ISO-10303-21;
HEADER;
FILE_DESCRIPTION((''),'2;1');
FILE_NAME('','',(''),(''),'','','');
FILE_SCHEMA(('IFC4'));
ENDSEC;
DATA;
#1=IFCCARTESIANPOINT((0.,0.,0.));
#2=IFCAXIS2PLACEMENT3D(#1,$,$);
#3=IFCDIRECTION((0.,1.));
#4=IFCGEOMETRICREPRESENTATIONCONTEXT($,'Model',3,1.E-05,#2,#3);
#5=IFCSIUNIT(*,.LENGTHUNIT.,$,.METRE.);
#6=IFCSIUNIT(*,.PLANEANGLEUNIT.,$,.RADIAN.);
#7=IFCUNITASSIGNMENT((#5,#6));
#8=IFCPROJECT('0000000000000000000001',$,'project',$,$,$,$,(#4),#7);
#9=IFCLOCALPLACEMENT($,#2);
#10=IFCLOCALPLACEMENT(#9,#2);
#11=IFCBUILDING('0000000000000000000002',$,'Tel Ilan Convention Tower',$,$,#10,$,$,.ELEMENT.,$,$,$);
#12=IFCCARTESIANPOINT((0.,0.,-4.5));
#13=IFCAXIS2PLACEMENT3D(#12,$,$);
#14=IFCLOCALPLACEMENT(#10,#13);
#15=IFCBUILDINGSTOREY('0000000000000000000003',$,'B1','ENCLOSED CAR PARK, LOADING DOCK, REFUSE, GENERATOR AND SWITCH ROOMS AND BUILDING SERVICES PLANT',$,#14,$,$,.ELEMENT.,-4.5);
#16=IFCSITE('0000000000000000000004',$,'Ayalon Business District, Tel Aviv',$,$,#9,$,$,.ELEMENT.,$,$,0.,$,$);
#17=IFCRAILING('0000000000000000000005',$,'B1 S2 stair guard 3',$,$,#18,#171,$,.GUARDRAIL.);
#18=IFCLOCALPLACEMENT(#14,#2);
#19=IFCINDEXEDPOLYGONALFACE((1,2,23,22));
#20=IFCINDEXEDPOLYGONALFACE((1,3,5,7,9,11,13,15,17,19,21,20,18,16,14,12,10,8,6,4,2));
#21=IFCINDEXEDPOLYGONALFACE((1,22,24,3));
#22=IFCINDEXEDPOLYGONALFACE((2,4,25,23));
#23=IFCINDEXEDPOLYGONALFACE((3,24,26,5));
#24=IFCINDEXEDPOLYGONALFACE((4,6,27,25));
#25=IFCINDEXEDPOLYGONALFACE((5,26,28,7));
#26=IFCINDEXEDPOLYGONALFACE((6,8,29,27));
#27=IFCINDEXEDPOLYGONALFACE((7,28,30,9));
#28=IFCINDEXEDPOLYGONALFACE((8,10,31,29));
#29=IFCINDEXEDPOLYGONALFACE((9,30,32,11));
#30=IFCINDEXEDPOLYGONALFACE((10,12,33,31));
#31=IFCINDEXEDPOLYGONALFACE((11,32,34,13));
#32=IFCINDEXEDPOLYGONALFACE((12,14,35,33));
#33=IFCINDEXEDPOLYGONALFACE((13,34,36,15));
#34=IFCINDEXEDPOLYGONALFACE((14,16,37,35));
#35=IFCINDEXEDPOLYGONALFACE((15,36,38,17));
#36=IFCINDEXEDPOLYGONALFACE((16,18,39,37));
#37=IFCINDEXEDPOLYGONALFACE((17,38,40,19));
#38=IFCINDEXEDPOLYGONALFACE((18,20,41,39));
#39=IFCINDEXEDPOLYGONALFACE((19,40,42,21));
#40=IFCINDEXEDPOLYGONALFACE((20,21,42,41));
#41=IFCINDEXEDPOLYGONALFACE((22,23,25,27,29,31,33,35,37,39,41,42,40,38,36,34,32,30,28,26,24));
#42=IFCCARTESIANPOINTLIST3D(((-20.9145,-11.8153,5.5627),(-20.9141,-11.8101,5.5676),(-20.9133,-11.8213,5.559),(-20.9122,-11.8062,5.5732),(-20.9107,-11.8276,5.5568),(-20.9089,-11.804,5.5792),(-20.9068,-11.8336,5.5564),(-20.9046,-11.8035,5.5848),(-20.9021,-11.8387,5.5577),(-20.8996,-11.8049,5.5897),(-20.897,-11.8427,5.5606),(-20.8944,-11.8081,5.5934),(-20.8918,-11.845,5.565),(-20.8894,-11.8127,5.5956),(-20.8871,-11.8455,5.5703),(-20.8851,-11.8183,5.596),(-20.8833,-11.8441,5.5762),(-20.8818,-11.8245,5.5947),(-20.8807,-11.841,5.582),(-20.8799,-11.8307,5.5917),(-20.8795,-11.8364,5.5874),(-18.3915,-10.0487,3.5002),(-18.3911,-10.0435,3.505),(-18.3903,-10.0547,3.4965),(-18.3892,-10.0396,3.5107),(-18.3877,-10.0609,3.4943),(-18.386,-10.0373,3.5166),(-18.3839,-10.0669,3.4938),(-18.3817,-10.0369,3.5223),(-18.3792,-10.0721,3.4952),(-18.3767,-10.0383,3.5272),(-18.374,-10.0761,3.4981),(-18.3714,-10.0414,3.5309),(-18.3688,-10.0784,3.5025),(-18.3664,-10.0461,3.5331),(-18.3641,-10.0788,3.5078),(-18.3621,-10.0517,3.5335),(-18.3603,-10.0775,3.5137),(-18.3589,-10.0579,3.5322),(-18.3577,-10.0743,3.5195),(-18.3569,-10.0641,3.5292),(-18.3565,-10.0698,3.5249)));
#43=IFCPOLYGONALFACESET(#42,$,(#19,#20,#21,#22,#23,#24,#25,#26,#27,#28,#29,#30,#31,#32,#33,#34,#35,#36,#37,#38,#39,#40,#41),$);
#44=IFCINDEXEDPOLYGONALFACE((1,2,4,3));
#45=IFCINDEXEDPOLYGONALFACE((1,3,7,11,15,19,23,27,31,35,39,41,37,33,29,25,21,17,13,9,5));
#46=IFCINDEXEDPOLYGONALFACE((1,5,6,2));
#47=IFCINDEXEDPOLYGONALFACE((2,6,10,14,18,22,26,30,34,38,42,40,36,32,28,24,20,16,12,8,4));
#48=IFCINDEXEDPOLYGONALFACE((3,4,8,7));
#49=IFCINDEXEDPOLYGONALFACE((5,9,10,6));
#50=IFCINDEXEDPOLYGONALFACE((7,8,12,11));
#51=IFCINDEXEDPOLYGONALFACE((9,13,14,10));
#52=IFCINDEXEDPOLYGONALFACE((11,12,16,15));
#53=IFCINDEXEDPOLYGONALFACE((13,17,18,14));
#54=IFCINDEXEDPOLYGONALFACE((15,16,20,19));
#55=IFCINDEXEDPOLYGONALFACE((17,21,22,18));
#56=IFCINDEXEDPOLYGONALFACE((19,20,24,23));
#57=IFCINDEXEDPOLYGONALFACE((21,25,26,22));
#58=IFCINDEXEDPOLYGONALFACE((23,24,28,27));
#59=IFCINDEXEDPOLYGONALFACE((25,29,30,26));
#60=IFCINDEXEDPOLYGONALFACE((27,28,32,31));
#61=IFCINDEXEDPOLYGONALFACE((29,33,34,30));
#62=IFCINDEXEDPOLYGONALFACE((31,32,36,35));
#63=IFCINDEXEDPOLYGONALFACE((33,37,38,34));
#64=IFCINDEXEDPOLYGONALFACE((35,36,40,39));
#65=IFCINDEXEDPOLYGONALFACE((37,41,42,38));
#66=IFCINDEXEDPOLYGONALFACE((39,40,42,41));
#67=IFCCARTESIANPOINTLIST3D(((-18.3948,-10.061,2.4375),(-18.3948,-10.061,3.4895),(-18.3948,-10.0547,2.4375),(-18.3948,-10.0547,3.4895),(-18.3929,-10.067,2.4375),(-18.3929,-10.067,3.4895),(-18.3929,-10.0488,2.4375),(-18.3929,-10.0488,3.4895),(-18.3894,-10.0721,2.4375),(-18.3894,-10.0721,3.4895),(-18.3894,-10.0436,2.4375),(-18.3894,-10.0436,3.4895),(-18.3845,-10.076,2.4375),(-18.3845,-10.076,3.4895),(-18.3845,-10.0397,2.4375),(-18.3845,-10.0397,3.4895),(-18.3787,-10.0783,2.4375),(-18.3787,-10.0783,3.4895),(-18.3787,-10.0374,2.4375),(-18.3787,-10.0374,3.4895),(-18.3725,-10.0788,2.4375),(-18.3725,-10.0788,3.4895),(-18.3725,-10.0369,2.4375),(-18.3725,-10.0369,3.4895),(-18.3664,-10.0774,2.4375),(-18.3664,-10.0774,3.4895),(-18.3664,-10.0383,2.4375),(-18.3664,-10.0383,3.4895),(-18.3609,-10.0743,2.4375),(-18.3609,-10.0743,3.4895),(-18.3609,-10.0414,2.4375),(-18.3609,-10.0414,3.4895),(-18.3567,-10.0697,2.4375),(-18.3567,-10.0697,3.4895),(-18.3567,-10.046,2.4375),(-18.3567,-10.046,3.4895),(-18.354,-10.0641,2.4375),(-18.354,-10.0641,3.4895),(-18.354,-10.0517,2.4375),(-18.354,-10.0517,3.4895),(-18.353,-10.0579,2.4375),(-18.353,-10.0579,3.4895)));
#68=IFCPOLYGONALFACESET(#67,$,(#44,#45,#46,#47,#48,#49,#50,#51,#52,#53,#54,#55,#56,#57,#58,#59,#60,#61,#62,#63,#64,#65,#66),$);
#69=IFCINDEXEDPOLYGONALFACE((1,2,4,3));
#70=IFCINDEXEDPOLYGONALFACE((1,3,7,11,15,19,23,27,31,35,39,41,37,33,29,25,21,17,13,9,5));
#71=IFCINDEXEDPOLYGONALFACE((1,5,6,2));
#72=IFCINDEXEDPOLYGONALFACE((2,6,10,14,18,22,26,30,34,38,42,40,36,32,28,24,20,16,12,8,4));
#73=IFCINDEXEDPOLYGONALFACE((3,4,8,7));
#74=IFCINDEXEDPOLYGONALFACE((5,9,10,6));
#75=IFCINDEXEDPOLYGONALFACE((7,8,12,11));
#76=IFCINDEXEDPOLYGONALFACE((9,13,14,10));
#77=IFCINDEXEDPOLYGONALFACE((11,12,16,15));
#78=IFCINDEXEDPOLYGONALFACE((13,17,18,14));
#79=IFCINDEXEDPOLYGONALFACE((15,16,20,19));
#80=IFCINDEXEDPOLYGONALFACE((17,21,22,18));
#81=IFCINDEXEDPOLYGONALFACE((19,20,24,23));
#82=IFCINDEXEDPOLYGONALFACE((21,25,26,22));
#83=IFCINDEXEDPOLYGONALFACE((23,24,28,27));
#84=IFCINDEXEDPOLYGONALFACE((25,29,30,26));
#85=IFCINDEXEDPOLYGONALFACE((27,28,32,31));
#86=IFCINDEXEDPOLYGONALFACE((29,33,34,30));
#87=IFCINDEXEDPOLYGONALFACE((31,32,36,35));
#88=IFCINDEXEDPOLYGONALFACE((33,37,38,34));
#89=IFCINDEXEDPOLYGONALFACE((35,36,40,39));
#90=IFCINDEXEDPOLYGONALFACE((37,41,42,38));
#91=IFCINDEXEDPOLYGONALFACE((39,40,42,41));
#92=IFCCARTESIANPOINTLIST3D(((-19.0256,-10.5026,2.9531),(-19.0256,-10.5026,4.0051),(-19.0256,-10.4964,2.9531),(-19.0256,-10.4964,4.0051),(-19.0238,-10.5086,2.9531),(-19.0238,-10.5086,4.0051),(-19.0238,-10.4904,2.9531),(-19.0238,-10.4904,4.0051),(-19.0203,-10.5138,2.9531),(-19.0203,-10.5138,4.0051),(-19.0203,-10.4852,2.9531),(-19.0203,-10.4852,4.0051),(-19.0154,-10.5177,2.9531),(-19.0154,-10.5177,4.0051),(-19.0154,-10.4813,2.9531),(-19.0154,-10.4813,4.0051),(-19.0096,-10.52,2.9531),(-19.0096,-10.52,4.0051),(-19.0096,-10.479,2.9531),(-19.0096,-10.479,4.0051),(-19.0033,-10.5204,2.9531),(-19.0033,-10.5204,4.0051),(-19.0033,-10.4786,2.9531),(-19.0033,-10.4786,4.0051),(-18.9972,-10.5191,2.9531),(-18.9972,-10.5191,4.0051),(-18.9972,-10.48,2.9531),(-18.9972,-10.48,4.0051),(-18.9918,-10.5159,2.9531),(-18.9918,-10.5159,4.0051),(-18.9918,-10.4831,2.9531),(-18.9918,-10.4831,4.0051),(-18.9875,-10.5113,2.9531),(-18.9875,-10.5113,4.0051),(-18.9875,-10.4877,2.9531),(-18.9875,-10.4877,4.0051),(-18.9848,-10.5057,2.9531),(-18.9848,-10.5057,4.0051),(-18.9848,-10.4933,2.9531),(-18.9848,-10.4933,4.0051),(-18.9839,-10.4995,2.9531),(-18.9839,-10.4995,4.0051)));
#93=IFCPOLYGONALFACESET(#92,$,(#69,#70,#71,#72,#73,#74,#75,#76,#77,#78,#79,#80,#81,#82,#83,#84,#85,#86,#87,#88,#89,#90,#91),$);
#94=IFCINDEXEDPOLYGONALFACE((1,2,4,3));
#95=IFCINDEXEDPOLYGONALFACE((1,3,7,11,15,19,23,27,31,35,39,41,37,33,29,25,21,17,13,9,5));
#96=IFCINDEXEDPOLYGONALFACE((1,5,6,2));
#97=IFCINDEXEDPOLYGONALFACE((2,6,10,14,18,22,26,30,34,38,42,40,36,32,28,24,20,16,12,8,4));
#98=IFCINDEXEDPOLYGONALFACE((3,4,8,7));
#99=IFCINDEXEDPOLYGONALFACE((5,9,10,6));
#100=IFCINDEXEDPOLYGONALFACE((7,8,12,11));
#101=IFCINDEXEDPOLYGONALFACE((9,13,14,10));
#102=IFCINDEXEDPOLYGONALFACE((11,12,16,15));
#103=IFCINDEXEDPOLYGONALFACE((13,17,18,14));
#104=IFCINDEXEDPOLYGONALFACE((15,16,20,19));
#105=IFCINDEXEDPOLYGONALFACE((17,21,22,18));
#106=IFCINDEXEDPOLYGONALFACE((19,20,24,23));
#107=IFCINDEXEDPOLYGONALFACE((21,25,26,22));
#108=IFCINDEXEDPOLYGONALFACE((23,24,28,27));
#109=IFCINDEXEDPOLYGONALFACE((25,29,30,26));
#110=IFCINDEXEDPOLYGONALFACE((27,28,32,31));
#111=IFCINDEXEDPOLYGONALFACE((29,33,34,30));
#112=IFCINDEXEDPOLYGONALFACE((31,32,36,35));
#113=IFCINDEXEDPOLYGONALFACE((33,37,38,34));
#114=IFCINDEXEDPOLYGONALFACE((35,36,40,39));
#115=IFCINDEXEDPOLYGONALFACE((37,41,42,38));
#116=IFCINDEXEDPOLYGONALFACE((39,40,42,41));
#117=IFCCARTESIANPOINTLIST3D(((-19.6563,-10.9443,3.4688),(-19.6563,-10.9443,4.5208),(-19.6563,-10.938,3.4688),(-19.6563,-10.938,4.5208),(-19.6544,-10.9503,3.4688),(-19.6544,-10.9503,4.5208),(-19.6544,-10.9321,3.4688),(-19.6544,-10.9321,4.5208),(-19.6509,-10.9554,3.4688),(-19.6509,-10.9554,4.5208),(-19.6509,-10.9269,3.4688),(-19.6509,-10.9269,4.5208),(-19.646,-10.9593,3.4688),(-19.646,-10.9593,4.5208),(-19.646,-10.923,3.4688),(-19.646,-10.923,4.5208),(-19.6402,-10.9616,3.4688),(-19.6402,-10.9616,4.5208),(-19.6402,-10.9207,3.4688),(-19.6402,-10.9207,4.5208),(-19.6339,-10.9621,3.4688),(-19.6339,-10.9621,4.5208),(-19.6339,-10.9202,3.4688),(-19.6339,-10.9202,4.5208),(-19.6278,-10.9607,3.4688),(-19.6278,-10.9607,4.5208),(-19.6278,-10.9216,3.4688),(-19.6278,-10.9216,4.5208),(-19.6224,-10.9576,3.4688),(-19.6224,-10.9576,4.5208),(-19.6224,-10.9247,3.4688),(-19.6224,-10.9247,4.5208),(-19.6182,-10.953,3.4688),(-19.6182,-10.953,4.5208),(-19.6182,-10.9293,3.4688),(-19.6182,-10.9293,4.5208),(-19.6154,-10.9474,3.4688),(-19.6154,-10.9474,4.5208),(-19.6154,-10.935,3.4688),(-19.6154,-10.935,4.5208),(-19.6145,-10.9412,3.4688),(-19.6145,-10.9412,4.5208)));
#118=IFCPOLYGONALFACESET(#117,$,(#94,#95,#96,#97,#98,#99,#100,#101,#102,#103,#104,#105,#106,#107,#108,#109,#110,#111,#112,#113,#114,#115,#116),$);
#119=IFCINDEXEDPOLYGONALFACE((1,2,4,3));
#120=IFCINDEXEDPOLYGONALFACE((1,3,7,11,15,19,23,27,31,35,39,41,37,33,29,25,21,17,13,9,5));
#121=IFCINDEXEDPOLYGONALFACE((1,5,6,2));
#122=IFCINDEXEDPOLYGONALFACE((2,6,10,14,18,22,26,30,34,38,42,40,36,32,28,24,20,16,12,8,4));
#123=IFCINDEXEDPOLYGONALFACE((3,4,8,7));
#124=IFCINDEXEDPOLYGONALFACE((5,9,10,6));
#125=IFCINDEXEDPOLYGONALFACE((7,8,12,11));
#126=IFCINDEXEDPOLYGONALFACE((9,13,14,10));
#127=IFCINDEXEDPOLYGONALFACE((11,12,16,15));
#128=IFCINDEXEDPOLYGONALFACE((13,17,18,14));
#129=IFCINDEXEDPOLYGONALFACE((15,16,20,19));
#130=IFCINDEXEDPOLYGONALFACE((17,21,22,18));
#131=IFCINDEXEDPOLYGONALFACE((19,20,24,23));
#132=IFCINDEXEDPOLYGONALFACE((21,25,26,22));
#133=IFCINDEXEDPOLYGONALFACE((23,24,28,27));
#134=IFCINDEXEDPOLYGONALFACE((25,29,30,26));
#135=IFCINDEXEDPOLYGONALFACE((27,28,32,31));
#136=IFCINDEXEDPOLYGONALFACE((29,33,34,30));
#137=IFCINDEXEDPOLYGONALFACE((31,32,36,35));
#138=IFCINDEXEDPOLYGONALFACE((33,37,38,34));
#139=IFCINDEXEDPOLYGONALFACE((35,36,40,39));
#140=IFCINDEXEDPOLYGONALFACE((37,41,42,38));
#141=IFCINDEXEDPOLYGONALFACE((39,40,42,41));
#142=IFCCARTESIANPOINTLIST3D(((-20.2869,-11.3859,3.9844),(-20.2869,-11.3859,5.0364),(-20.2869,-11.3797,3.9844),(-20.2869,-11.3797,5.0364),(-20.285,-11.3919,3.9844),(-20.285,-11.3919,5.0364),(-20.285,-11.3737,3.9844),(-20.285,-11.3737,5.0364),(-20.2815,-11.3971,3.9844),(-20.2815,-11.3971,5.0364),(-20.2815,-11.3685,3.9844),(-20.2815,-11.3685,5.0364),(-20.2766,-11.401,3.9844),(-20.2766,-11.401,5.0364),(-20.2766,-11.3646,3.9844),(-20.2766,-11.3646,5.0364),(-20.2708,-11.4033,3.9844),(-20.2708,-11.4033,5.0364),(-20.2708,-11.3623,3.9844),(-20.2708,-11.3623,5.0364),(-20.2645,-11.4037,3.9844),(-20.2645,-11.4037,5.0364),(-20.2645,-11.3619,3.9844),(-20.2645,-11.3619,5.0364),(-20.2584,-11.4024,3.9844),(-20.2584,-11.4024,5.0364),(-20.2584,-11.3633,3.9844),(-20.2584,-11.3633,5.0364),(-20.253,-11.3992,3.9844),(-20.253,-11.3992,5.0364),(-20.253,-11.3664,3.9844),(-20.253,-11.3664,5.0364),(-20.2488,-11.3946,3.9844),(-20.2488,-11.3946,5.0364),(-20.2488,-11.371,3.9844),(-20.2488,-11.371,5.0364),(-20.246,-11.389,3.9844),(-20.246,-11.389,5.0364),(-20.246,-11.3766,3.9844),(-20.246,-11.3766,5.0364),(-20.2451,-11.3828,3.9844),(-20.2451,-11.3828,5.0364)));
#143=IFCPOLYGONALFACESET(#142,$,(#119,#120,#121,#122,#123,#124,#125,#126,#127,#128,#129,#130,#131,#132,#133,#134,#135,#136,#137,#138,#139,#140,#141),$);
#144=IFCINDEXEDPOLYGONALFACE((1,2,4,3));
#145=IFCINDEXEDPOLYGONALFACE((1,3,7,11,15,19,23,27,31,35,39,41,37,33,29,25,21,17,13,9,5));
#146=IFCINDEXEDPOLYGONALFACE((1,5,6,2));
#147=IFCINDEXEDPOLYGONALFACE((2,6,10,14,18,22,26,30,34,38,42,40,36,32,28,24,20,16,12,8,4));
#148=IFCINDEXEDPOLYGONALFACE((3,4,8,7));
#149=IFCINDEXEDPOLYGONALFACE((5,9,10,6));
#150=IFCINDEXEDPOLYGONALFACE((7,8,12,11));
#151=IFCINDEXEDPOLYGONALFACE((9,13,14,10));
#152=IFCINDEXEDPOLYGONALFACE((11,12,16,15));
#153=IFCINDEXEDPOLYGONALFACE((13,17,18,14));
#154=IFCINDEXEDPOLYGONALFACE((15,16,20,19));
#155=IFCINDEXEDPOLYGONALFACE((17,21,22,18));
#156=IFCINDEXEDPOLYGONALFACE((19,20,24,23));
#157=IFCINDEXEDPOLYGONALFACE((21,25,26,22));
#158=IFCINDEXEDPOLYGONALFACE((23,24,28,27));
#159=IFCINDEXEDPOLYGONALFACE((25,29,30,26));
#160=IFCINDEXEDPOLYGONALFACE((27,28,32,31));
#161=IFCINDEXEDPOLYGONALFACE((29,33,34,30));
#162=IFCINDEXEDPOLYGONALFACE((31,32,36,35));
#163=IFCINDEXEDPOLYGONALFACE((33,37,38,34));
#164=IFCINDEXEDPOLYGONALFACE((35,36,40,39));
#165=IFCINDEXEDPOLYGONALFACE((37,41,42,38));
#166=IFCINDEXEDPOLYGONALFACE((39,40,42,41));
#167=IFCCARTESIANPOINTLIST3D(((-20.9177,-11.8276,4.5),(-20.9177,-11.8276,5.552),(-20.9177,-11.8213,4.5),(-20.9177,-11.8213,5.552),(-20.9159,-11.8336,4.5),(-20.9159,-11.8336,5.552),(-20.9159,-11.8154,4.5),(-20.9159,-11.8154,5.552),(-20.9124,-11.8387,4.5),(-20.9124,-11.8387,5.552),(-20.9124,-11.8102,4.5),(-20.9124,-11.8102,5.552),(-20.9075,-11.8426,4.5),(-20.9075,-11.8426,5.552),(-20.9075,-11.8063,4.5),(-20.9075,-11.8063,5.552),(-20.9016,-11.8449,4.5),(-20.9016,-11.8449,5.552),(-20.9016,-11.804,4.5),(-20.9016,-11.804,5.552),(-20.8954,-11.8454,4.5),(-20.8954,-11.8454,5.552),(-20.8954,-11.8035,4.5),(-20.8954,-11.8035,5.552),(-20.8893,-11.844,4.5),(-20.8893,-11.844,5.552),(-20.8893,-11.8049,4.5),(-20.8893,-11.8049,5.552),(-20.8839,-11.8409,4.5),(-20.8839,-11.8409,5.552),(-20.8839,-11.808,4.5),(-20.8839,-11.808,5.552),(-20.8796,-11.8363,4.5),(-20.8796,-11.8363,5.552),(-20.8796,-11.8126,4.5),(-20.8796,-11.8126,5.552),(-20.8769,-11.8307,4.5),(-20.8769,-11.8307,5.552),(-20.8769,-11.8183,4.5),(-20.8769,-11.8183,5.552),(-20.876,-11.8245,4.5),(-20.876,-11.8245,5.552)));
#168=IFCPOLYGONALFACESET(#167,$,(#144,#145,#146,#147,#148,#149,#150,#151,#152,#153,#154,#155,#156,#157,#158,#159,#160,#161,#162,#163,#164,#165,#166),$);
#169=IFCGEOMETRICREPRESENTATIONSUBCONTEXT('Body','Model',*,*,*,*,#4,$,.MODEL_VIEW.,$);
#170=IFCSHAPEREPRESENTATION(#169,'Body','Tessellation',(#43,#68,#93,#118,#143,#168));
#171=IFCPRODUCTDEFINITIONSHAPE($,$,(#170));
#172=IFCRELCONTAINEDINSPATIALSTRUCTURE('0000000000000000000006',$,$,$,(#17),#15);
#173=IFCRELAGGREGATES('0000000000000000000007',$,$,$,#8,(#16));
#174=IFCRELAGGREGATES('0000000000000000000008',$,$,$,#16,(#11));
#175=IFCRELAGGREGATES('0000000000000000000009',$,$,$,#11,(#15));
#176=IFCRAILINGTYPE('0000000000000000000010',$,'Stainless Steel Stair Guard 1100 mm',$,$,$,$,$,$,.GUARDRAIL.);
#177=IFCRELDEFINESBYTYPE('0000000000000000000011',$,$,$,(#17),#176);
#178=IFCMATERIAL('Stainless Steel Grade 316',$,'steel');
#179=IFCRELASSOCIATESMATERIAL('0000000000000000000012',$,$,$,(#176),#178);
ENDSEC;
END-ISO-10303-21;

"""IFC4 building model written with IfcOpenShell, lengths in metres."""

from ifc_helpers import new_model, si_unit, direction, frame, origin, origin_2d, place, context, subcontext, project, spatial, circle, extrude, material, type_object, element, save


model = new_model("IFC4")

# Units and contexts
model_context = context("Model", 3, precision=1e-05, world=origin(), true_north=direction((0.0, 1.0)))
body_context = subcontext(model_context, "Body", "Model", "MODEL_VIEW")
ifc_project = project(units=[si_unit("LENGTHUNIT", "METRE"), si_unit("PLANEANGLEUNIT", "RADIAN")], contexts=[model_context])

# Site, building, storey
site_placement = place(None, origin())
site = spatial("IfcSite", under=ifc_project, at=site_placement, Name="Ayalon Business District, Tel Aviv", CompositionType="ELEMENT", RefElevation=0.0)
building_placement = place(site_placement, origin())
building = spatial("IfcBuilding", under=site, at=building_placement, Name="Tel Ilan Convention Tower", CompositionType="ELEMENT")
storey_placement = place(building_placement, frame((0.0, 0.0, -4.5)))
storey = spatial("IfcBuildingStorey", under=building, at=storey_placement, Name="B1", Description="ENCLOSED CAR PARK, LOADING DOCK, REFUSE, GENERATOR AND SWITCH ROOMS AND BUILDING SERVICES PLANT", CompositionType="ELEMENT", Elevation=-4.5)

# Railing
ifc_material_1 = material(Name="Stainless Steel Grade 316", Category="steel")
railing_type = type_object("IfcRailingType", Name="Stainless Steel Stair Guard 1100 mm", PredefinedType="GUARDRAIL", material=ifc_material_1)
railing_1_placement = place(storey_placement, frame((-18.374, -10.0579, 2.4375)))
element("IfcRailing", 1, at=railing_1_placement, inside=storey, type_object=railing_type, Name="B1 S2 stair guard 3", PredefinedType="GUARDRAIL", context=body_context, shape_type="SweptSolid", body=[
    extrude(circle(Radius=0.0239, at=origin_2d()), frame((0.0, 0.0, 1.0762), z_axis=(-0.680635, -0.476589, 0.556416), x_axis=(0.573579, -0.81915, 0.0)), (0.0, 0.0, 1.0), 3.7068),
    extrude(circle(Radius=0.021, at=origin_2d()), origin(), (0.0, 0.0, 1.0), 1.052),
    extrude(circle(Radius=0.021, at=origin_2d()), frame((-0.6309, -0.4417, 0.5156)), (0.0, 0.0, 1.0), 1.052),
    extrude(circle(Radius=0.021, at=origin_2d()), frame((-1.2615, -0.8833, 1.0312)), (0.0, 0.0, 1.0), 1.052),
    extrude(circle(Radius=0.021, at=origin_2d()), frame((-1.8921, -1.325, 1.5469)), (0.0, 0.0, 1.0), 1.052),
    extrude(circle(Radius=0.021, at=origin_2d()), frame((-2.5229, -1.7666, 2.0625)), (0.0, 0.0, 1.0), 1.052),
])

save(model, "model.ifc")
